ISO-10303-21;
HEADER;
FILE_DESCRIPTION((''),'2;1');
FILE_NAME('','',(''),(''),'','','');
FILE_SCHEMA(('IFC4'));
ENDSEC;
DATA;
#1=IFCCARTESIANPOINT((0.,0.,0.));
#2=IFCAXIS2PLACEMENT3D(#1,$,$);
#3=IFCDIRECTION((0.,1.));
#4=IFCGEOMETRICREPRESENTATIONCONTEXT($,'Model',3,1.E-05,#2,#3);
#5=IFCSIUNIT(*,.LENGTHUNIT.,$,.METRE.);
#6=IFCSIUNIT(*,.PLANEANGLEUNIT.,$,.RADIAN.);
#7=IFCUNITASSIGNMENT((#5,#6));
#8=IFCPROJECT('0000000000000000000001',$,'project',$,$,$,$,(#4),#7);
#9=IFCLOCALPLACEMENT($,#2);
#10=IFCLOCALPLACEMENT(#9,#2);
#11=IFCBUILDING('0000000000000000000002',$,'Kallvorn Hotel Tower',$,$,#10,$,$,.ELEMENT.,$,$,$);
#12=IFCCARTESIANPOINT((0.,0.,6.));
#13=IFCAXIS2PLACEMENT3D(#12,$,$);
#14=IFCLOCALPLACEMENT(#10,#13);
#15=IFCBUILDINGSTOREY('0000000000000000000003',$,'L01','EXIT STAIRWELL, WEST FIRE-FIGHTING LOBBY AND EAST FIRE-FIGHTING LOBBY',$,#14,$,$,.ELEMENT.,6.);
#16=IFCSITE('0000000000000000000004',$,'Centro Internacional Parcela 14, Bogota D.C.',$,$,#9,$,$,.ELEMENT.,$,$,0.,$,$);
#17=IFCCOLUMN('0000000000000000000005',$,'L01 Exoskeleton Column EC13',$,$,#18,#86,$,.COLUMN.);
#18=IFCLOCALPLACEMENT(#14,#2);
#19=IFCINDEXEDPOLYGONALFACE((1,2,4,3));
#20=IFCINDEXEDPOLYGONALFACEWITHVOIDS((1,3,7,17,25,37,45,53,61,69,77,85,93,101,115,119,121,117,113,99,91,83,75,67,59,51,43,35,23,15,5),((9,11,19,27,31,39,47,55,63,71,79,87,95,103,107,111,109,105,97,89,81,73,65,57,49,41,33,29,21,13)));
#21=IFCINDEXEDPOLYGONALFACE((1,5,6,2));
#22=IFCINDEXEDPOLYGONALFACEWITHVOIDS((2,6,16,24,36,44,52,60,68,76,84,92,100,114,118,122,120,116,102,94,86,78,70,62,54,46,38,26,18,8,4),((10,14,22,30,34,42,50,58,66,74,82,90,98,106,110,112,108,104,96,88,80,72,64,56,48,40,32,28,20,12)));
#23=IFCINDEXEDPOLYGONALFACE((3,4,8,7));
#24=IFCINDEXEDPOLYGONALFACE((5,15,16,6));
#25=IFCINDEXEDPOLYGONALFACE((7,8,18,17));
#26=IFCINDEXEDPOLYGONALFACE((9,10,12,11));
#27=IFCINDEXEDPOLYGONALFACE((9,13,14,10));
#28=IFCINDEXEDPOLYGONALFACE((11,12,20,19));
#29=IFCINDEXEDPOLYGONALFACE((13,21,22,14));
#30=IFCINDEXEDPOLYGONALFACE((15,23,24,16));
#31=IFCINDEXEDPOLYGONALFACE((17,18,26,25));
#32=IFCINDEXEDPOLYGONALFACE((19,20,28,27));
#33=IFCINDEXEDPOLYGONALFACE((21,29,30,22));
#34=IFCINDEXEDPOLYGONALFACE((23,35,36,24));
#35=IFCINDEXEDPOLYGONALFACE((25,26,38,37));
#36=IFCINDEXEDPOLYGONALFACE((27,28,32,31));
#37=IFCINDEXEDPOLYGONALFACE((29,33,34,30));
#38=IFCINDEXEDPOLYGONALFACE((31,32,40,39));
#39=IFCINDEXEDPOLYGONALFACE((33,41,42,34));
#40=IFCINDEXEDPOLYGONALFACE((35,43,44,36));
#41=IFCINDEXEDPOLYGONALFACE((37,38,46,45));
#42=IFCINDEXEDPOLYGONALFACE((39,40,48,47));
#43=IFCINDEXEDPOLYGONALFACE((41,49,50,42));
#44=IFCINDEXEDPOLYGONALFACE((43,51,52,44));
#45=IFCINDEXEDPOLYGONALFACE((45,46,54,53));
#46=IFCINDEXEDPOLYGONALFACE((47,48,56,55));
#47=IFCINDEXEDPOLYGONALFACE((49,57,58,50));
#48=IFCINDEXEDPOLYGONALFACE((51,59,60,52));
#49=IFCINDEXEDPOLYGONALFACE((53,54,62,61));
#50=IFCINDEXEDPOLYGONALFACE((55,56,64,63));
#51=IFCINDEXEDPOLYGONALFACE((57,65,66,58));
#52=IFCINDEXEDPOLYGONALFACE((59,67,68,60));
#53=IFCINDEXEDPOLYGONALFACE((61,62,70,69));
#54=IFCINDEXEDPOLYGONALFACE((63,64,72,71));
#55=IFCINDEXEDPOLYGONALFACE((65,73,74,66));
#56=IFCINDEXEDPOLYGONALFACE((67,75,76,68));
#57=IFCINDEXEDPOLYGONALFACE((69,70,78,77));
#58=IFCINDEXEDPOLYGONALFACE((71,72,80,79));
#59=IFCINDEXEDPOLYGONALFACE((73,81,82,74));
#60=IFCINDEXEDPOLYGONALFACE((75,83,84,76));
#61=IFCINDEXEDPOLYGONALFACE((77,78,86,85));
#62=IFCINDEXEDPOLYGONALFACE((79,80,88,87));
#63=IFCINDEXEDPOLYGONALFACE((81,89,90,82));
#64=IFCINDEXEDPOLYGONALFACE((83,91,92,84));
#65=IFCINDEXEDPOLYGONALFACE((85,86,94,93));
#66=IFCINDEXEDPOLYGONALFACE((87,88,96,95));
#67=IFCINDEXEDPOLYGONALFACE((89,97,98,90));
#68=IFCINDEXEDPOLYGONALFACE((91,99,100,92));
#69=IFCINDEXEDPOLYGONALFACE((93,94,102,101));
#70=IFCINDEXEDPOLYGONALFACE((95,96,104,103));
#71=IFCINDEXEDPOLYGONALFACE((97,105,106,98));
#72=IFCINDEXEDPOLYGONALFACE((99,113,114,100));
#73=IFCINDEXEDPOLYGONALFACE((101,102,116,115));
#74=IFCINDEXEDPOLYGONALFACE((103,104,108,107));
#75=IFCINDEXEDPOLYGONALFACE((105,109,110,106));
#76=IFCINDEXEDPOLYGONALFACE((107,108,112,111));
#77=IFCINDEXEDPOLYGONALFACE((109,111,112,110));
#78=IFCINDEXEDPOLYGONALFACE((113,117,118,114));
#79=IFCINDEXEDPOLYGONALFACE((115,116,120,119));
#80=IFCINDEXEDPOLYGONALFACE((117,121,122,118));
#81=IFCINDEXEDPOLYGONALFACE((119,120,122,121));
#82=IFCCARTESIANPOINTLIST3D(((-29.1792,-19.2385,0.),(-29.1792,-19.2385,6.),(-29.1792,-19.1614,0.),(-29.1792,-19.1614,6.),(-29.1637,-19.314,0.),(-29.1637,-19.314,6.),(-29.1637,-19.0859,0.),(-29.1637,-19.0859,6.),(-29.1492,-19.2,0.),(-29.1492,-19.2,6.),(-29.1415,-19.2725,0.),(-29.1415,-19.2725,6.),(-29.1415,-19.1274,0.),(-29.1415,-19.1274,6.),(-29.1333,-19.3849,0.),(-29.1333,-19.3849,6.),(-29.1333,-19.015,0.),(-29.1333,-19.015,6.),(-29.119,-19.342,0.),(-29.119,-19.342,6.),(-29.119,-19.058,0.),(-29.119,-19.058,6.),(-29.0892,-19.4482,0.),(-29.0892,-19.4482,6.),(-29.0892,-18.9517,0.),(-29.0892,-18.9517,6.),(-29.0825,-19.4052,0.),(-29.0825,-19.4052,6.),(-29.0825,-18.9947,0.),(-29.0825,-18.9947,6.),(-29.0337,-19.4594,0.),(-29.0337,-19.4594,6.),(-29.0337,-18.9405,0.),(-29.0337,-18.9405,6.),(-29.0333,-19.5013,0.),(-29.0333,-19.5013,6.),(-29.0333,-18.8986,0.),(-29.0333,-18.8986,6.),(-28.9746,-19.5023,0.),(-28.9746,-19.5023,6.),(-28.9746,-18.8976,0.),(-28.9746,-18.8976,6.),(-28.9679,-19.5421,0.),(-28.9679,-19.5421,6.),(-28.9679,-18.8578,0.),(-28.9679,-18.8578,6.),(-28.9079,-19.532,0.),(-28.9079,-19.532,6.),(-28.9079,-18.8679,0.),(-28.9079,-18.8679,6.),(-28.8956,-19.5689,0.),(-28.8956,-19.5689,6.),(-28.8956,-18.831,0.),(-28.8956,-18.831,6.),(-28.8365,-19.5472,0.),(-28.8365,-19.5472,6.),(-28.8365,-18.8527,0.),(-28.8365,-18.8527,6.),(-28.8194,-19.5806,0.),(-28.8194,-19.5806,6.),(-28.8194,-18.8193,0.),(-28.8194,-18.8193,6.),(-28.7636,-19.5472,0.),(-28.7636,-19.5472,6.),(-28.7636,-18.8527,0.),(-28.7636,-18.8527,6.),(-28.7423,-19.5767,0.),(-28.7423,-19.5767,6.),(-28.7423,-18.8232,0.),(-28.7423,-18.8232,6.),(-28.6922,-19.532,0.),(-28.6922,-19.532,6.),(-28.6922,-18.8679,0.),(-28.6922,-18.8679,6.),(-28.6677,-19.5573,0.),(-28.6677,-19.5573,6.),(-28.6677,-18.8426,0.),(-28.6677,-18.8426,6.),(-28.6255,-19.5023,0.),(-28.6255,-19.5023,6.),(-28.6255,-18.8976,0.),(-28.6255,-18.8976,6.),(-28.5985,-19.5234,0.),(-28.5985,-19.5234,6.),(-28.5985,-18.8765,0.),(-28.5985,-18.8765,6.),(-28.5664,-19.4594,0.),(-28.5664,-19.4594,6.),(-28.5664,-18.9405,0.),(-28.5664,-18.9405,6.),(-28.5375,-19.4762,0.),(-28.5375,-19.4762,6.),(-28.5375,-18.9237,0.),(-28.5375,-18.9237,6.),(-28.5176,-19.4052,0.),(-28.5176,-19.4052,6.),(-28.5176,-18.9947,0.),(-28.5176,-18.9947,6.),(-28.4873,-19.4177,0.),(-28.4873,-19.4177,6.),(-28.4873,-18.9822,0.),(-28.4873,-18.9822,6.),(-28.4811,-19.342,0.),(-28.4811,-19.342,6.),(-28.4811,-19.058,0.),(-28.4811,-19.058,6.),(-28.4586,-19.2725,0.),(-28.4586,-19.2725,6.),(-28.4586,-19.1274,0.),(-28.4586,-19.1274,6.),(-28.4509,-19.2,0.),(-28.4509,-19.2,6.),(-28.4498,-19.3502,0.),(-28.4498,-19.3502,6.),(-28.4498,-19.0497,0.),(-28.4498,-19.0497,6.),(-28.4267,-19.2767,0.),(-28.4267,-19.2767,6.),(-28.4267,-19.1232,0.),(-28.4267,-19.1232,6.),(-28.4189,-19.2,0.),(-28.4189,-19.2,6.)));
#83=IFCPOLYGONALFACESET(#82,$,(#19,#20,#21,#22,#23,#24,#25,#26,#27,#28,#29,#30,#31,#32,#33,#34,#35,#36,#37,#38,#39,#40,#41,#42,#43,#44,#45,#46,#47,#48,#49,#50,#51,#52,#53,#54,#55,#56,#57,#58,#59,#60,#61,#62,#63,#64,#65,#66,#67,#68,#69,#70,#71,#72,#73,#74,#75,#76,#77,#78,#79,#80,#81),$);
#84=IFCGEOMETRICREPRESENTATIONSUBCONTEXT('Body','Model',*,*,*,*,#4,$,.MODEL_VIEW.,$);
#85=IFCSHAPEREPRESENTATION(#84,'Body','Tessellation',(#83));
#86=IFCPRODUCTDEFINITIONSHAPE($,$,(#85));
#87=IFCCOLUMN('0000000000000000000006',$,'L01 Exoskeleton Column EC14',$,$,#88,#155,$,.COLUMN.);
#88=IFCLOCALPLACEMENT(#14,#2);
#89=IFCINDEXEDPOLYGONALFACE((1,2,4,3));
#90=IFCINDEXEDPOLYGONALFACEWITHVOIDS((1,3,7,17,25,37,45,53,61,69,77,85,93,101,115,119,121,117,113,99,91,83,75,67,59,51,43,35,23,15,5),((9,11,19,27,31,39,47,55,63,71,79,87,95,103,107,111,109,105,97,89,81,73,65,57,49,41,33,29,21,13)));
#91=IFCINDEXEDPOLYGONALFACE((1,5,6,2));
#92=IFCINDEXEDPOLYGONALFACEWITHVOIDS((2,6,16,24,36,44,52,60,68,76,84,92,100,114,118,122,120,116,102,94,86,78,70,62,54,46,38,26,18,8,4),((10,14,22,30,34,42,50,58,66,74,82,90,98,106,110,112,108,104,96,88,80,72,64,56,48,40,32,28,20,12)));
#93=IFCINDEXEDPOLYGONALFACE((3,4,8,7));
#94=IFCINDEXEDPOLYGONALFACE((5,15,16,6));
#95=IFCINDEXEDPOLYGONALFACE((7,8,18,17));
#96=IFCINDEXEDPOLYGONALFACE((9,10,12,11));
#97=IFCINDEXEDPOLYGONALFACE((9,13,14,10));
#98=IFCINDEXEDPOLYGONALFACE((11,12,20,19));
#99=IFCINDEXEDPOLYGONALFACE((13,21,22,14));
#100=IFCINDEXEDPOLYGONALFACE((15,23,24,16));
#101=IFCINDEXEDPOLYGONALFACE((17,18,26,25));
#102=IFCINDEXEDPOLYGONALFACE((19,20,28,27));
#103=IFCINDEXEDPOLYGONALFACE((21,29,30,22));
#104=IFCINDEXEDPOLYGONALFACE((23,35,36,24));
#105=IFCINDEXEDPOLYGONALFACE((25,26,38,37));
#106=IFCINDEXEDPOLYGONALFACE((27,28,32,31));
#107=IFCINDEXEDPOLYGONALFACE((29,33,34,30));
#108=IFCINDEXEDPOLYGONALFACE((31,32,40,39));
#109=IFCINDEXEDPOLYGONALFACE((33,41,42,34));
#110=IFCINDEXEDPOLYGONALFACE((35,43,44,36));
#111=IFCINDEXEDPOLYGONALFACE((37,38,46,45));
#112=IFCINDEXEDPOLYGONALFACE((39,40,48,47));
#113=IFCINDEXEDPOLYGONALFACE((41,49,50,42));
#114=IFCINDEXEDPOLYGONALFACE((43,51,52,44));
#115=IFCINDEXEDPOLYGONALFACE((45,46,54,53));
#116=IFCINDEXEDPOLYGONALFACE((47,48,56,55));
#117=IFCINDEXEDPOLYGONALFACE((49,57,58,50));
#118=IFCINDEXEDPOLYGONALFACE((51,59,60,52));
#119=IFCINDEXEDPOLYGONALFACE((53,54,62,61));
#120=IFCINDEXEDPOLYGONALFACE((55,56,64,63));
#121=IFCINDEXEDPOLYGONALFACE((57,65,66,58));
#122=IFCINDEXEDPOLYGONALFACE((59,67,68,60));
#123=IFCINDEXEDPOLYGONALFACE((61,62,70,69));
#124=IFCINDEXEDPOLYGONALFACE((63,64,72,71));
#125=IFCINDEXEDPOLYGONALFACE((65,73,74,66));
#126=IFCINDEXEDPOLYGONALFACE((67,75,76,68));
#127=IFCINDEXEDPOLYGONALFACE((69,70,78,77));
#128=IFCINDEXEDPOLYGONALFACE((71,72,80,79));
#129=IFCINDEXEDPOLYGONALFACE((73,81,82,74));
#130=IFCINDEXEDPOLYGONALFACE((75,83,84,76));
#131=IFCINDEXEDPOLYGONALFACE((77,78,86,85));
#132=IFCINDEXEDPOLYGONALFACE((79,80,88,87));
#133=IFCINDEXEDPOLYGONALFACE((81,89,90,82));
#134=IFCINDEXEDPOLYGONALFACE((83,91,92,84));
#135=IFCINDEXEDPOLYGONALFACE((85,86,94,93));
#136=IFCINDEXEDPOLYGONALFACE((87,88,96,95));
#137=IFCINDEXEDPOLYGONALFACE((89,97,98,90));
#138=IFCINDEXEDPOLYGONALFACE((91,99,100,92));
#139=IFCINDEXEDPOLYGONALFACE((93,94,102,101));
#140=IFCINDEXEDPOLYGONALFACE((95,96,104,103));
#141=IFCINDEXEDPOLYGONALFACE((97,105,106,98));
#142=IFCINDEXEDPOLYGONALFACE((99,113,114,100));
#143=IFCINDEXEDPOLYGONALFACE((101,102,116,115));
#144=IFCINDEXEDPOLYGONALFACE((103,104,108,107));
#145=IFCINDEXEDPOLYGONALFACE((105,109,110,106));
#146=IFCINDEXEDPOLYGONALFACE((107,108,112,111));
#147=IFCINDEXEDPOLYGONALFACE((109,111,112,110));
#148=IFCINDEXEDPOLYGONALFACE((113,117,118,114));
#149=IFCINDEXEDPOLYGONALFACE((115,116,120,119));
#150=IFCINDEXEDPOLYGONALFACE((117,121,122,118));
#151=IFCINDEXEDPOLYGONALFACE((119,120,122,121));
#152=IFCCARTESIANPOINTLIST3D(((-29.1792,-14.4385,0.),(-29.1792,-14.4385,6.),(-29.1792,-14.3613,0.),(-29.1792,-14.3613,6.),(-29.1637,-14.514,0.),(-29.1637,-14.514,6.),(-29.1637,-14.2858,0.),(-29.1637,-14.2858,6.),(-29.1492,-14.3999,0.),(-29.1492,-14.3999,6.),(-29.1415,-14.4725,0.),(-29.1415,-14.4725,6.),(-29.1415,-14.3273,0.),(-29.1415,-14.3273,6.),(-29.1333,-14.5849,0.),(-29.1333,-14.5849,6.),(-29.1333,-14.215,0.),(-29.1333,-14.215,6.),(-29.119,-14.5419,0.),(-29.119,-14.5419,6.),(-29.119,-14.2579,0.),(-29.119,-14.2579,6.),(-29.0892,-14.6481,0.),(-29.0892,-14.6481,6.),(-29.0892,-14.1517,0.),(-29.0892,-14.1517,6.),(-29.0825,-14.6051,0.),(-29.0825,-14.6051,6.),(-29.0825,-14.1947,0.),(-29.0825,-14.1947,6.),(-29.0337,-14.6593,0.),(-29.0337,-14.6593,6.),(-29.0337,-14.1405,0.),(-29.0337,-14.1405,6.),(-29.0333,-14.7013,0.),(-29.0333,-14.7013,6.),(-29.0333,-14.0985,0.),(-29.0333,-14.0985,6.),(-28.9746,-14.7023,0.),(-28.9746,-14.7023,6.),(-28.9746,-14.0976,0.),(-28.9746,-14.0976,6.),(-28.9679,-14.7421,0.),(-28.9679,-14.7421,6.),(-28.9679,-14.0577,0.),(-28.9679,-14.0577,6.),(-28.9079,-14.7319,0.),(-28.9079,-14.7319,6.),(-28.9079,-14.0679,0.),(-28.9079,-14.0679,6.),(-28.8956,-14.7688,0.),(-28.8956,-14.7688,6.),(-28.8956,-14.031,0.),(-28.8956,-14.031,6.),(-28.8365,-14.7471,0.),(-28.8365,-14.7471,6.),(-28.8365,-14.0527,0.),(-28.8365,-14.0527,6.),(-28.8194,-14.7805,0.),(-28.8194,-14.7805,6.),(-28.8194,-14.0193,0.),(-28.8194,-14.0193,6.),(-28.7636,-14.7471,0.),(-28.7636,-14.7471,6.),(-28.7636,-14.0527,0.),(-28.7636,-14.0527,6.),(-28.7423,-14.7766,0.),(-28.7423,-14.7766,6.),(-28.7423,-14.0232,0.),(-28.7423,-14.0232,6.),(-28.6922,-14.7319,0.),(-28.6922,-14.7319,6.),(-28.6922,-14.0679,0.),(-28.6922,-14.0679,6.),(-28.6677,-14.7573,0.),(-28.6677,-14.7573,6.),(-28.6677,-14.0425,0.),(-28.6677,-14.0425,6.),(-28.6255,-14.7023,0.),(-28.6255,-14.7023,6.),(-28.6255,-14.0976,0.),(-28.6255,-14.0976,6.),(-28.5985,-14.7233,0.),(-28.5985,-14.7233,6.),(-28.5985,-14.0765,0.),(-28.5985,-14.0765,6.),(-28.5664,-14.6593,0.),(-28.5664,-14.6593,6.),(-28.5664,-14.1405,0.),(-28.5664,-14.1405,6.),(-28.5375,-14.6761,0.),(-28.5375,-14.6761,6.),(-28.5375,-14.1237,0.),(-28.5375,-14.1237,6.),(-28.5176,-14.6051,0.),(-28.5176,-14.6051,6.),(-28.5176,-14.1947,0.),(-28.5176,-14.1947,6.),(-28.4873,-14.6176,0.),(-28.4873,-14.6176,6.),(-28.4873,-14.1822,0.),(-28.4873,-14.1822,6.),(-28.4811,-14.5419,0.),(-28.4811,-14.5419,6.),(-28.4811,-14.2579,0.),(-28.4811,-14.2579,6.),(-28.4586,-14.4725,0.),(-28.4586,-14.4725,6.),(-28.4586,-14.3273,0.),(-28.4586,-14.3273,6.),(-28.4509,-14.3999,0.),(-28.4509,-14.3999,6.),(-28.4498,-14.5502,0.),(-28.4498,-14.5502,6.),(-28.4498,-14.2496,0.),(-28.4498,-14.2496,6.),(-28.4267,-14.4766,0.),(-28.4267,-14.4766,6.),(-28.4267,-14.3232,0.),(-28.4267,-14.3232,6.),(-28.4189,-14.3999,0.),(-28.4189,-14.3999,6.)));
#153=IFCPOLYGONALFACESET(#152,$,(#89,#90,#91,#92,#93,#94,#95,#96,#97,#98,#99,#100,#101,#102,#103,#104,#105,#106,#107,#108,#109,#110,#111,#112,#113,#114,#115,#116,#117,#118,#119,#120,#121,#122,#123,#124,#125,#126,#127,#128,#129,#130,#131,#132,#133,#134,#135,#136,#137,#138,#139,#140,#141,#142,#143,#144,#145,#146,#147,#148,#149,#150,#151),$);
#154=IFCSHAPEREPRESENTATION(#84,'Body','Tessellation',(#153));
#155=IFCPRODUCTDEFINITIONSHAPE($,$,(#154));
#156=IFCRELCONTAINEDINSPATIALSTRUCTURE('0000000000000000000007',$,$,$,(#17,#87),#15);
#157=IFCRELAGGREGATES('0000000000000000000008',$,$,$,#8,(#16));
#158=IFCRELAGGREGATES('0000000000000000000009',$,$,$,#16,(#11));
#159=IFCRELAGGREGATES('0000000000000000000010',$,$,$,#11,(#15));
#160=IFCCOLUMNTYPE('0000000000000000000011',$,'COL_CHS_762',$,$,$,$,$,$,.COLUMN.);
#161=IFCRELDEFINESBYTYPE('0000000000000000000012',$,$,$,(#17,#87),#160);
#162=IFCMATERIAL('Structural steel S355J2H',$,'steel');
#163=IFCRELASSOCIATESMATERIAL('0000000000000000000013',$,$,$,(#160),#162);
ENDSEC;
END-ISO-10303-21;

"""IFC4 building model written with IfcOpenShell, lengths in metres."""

from ifc_helpers import new_model, si_unit, direction, frame, origin, origin_2d, place, context, subcontext, project, spatial, hollow_circle, extrude, material, material_profile, profile_set, type_object, element, save


model = new_model("IFC4")

# Units and contexts
model_context = context("Model", 3, precision=1e-05, world=origin(), true_north=direction((0.0, 1.0)))
body_context = subcontext(model_context, "Body", "Model", "MODEL_VIEW")
ifc_project = project(units=[si_unit("LENGTHUNIT", "METRE"), si_unit("PLANEANGLEUNIT", "RADIAN")], contexts=[model_context])

# Site, building, storey
site_placement = place(None, origin())
site = spatial("IfcSite", under=ifc_project, at=site_placement, Name="Centro Internacional Parcela 14, Bogota D.C.", CompositionType="ELEMENT", RefElevation=0.0)
building_placement = place(site_placement, origin())
building = spatial("IfcBuilding", under=site, at=building_placement, Name="Kallvorn Hotel Tower", CompositionType="ELEMENT")
storey_placement = place(building_placement, frame((0.0, 0.0, 6.0)))
storey = spatial("IfcBuildingStorey", under=building, at=storey_placement, Name="L01", Description="EXIT STAIRWELL, WEST FIRE-FIGHTING LOBBY AND EAST FIRE-FIGHTING LOBBY", CompositionType="ELEMENT", Elevation=6.0)

# Columns
ifc_material_1 = material(Name="Structural steel S355J2H", Category="steel")
ifc_material_profile_1 = material_profile(ifc_material_1, hollow_circle(Radius=0.3811, WallThickness=0.032, at=origin_2d()), Name="CHS 762x32")
ifc_profile_set_1 = profile_set([ifc_material_profile_1], Name="Structural steel S355J2H")
column_type_1 = type_object("IfcColumnType", Name="COL_CHS_762", PredefinedType="COLUMN", material=ifc_profile_set_1)
for number, where, z_axis, x_axis, name in (
    (1, (-28.8, -19.2, 0.0), (0.0, 0.0, 1.0), (1.0, 0.0, 0.0), "L01 Exoskeleton Column EC13"),
    (2, (-28.8, -14.3999, 0.0), (0.0, 0.0, 1.0), (1.0, 0.0, 0.0), "L01 Exoskeleton Column EC14"),
):
    element("IfcColumn", number, at=place(storey_placement, frame(where, z_axis=z_axis, x_axis=x_axis)), inside=storey, type_object=column_type_1, Name=name, PredefinedType="COLUMN", context=body_context, shape_type="SweptSolid", body=[
        extrude(hollow_circle(Radius=0.3811, WallThickness=0.032, at=origin_2d()), origin(), (0.0, 0.0, 1.0), 6.0),
    ])

save(model, "model.ifc")
